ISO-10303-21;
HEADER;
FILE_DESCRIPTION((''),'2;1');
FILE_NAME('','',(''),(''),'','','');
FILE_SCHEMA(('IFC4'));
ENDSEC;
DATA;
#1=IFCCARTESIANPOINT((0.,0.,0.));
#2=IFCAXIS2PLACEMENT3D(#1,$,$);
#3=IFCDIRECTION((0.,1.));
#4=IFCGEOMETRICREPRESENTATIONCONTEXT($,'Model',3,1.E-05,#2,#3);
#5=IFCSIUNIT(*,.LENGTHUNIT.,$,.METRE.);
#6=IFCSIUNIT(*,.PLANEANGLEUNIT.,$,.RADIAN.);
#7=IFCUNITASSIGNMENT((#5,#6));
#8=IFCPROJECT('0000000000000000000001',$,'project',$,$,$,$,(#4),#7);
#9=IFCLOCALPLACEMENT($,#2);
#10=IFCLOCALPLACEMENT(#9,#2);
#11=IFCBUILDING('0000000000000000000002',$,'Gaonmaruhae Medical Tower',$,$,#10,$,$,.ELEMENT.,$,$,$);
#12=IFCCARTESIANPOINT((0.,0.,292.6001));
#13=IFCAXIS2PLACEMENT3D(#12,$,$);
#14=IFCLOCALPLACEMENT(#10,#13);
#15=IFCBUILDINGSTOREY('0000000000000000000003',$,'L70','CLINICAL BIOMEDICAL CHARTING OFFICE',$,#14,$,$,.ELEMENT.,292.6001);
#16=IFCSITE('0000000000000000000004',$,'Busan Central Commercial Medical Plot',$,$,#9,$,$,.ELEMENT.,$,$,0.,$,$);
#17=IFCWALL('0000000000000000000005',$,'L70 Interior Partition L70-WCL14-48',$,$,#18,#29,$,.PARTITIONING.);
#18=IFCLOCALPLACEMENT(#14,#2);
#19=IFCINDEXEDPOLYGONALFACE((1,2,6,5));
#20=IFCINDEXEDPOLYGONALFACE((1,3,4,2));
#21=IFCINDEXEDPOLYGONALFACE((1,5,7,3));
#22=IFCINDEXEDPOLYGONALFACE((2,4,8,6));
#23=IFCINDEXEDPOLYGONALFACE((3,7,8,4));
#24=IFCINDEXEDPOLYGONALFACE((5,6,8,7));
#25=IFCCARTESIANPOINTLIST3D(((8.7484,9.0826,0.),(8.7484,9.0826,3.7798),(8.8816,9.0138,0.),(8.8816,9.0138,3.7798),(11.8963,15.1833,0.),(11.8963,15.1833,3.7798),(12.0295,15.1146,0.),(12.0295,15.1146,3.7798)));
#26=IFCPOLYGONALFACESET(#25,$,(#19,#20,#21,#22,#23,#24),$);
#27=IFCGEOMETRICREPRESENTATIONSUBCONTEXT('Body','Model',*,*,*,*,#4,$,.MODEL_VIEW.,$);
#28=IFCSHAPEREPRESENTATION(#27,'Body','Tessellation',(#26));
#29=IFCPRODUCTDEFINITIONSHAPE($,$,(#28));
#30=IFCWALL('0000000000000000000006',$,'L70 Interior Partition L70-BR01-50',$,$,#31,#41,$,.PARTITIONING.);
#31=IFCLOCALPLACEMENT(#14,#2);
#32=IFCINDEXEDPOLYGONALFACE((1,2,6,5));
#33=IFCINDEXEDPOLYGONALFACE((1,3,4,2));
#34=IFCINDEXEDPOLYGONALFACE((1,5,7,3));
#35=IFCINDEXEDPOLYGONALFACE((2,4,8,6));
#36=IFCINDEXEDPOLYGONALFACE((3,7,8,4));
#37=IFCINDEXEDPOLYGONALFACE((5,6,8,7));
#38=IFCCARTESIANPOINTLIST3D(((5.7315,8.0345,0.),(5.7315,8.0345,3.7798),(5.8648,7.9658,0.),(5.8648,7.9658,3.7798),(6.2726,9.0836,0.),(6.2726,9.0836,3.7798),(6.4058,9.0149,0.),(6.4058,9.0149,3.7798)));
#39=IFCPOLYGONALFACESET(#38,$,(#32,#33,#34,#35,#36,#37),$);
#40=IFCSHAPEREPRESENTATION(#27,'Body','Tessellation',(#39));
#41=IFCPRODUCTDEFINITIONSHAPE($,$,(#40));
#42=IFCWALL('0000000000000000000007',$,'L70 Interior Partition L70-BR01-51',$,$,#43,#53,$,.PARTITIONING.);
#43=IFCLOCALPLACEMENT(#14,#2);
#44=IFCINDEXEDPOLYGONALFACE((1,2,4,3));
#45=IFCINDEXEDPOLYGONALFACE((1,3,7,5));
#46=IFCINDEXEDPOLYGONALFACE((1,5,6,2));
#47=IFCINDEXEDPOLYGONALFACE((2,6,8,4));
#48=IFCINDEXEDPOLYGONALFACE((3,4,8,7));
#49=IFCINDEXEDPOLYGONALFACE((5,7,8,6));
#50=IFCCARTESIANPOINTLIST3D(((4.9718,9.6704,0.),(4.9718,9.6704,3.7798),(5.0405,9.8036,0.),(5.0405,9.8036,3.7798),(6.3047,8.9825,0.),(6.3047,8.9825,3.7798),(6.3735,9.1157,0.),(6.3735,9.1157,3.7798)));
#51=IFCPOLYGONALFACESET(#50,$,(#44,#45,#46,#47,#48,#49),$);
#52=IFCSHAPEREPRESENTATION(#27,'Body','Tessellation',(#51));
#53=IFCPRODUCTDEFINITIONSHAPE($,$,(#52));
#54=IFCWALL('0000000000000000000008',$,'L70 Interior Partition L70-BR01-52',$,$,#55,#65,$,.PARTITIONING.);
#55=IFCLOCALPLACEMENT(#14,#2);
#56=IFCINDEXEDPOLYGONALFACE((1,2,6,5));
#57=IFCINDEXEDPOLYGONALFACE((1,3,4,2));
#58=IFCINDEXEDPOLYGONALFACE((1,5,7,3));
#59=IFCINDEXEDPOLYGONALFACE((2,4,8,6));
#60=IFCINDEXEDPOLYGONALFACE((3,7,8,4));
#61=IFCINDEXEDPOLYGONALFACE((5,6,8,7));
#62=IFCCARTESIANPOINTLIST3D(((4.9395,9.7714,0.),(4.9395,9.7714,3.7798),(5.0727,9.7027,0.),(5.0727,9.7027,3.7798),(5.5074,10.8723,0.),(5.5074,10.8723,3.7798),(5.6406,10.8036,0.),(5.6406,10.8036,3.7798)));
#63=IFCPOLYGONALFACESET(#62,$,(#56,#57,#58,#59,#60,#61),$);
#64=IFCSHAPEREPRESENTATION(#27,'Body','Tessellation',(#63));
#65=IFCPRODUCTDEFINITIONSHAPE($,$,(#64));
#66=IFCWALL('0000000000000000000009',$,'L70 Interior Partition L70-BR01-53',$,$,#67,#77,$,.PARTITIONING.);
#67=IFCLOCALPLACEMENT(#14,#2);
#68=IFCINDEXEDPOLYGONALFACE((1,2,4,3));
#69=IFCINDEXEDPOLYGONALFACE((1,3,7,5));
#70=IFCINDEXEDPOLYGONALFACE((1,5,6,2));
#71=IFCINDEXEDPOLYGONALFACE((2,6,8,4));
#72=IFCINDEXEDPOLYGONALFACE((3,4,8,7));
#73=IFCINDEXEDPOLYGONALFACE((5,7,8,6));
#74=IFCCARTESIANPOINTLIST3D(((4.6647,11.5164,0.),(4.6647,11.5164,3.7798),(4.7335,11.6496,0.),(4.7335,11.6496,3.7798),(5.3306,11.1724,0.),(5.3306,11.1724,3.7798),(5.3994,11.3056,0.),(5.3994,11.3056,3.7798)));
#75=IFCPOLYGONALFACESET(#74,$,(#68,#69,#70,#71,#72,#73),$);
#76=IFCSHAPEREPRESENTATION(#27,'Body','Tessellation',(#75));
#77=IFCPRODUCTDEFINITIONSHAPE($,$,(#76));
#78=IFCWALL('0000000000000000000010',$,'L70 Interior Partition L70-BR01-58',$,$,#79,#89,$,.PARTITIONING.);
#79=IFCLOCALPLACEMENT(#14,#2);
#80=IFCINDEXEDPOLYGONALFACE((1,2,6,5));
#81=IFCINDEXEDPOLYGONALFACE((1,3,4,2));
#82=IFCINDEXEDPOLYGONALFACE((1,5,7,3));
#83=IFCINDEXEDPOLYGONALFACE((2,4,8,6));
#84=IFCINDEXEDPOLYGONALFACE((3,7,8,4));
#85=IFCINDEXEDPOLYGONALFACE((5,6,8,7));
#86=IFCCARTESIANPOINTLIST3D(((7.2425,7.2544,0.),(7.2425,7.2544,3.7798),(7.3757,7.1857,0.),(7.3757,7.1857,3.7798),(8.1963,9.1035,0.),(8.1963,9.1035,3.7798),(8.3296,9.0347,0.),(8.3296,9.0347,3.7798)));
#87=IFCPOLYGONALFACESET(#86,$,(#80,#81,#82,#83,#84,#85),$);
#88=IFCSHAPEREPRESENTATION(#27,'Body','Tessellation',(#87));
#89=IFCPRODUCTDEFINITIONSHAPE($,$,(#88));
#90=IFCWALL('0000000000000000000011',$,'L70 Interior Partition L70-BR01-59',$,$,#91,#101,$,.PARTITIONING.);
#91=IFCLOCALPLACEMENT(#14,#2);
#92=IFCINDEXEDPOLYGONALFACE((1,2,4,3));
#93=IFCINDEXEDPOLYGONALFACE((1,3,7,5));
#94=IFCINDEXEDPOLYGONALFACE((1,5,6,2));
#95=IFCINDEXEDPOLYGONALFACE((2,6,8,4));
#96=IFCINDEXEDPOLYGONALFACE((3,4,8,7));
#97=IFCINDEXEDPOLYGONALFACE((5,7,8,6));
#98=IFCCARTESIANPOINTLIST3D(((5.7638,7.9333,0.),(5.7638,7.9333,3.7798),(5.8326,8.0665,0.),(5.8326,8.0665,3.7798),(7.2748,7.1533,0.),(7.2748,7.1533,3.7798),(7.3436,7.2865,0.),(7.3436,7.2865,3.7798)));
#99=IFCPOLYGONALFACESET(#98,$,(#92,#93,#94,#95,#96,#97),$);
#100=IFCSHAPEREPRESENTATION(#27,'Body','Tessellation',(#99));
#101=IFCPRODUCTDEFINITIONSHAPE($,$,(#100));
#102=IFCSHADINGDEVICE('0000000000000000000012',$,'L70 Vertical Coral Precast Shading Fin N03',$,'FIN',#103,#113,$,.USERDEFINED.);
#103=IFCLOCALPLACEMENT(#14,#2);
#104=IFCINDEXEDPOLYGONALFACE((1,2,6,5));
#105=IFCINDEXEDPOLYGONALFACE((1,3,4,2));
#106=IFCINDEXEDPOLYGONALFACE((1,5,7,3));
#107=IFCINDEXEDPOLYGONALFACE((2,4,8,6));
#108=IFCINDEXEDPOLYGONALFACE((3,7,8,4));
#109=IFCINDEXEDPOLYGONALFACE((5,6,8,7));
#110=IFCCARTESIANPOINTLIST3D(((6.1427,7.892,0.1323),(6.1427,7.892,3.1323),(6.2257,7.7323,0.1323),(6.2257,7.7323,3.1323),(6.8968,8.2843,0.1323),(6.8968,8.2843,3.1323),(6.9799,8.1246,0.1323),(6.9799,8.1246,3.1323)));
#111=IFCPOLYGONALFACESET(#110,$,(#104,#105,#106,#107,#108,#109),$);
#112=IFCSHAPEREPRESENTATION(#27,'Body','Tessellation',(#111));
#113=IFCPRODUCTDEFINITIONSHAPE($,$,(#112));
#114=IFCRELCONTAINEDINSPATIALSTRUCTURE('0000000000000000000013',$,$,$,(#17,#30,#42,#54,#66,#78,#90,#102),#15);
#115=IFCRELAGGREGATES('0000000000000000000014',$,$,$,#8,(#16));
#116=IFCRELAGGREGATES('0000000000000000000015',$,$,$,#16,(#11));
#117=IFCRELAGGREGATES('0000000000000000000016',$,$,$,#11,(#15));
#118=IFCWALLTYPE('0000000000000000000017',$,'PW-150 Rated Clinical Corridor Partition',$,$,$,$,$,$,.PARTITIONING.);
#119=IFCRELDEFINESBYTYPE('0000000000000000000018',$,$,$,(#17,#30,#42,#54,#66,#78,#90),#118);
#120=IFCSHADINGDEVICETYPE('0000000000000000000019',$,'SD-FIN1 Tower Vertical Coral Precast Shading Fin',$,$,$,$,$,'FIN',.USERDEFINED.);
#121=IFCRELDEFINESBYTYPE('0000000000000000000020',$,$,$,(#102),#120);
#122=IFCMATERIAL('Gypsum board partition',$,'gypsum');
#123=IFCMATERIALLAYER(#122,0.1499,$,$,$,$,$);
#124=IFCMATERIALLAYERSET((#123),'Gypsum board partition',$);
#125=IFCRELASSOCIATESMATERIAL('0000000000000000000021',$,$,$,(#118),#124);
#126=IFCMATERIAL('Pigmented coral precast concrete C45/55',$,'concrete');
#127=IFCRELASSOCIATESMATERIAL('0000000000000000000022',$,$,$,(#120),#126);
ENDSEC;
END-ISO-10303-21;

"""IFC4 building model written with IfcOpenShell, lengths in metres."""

from ifc_helpers import new_model, si_unit, direction, frame, frame_2d, origin, origin_2d, place, context, subcontext, project, spatial, rectangle, extrude, material, layer, layer_set, type_object, element, save


model = new_model("IFC4")

# Units and contexts
model_context = context("Model", 3, precision=1e-05, world=origin(), true_north=direction((0.0, 1.0)))
body_context = subcontext(model_context, "Body", "Model", "MODEL_VIEW")
ifc_project = project(units=[si_unit("LENGTHUNIT", "METRE"), si_unit("PLANEANGLEUNIT", "RADIAN")], contexts=[model_context])

# Site, building, storey
site_placement = place(None, origin())
site = spatial("IfcSite", under=ifc_project, at=site_placement, Name="Busan Central Commercial Medical Plot", CompositionType="ELEMENT", RefElevation=0.0)
building_placement = place(site_placement, origin())
building = spatial("IfcBuilding", under=site, at=building_placement, Name="Gaonmaruhae Medical Tower", CompositionType="ELEMENT")
storey_placement = place(building_placement, frame((0.0, 0.0, 292.6001)))
storey = spatial("IfcBuildingStorey", under=building, at=storey_placement, Name="L70", Description="CLINICAL BIOMEDICAL CHARTING OFFICE", CompositionType="ELEMENT", Elevation=292.6001)

# Walls
ifc_material_1 = material(Name="Gypsum board partition", Category="gypsum")
ifc_layer_1 = layer(ifc_material_1, 0.1499)
ifc_layer_set_1 = layer_set([ifc_layer_1], Name="Gypsum board partition")
wall_type_1 = type_object("IfcWallType", Name="PW-150 Rated Clinical Corridor Partition", PredefinedType="PARTITIONING", material=ifc_layer_set_1)
wall_1_placement = place(storey_placement, frame((8.8149, 9.0481, 0.0), z_axis=(0.0, 0.0, 1.0), x_axis=(0.458543, 0.888672, 0.0)))
element("IfcWall", 1, at=wall_1_placement, inside=storey, type_object=wall_type_1, Name="L70 Interior Partition L70-WCL14-48", PredefinedType="PARTITIONING", context=body_context, shape_type="SweptSolid", body=[
    extrude(rectangle(XDim=6.865, YDim=0.1499, at=frame_2d((3.4326, 0.0))), origin(), (0.0, 0.0, 1.0), 3.7798),
])
wall_2_placement = place(storey_placement, frame((5.7981, 8.0, 0.0), z_axis=(0.0, 0.0, 1.0), x_axis=(0.458348, 0.888773, 0.0)))
element("IfcWall", 2, at=wall_2_placement, inside=storey, type_object=wall_type_1, Name="L70 Interior Partition L70-BR01-50", PredefinedType="PARTITIONING", context=body_context, shape_type="SweptSolid", body=[
    extrude(rectangle(XDim=1.1804, YDim=0.1499, at=frame_2d((0.5903, 0.0))), origin(), (0.0, 0.0, 1.0), 3.7798),
])
wall_3_placement = place(storey_placement, frame((6.3391, 9.0491, 0.0), z_axis=(0.0, 0.0, 1.0), x_axis=(-0.888625, 0.458635, 0.0)))
element("IfcWall", 3, at=wall_3_placement, inside=storey, type_object=wall_type_1, Name="L70 Interior Partition L70-BR01-51", PredefinedType="PARTITIONING", context=body_context, shape_type="SweptSolid", body=[
    extrude(rectangle(XDim=1.5, YDim=0.1499, at=frame_2d((0.75, 0.0))), origin(), (0.0, 0.0, 1.0), 3.7798),
])
wall_4_placement = place(storey_placement, frame((5.0061, 9.7371, 0.0), z_axis=(0.0, 0.0, 1.0), x_axis=(0.458452, 0.888719, 0.0)))
element("IfcWall", 4, at=wall_4_placement, inside=storey, type_object=wall_type_1, Name="L70 Interior Partition L70-BR01-52", PredefinedType="PARTITIONING", context=body_context, shape_type="SweptSolid", body=[
    extrude(rectangle(XDim=1.2388, YDim=0.1499, at=frame_2d((0.6194, 0.0))), origin(), (0.0, 0.0, 1.0), 3.7798),
])
wall_5_placement = place(storey_placement, frame((5.365, 11.239, 0.0), z_axis=(0.0, 0.0, 1.0), x_axis=(-0.888488, 0.4589, 0.0)))
element("IfcWall", 5, at=wall_5_placement, inside=storey, type_object=wall_type_1, Name="L70 Interior Partition L70-BR01-53", PredefinedType="PARTITIONING", context=body_context, shape_type="SweptSolid", body=[
    extrude(rectangle(XDim=0.7495, YDim=0.1499, at=frame_2d((0.3748, 0.0))), origin(), (0.0, 0.0, 1.0), 3.7798),
])
wall_6_placement = place(storey_placement, frame((8.2629, 9.0691, 0.0), z_axis=(0.0, 0.0, 1.0), x_axis=(-0.458443, -0.888724, 0.0)))
element("IfcWall", 6, at=wall_6_placement, inside=storey, type_object=wall_type_1, Name="L70 Interior Partition L70-BR01-58", PredefinedType="PARTITIONING", context=body_context, shape_type="SweptSolid", body=[
    extrude(rectangle(XDim=2.0806, YDim=0.1499, at=frame_2d((1.0403, 0.0))), origin(), (0.0, 0.0, 1.0), 3.7798),
])
wall_7_placement = place(storey_placement, frame((7.3091, 7.22, 0.0), z_axis=(0.0, 0.0, 1.0), x_axis=(-0.888581, 0.45872, 0.0)))
element("IfcWall", 7, at=wall_7_placement, inside=storey, type_object=wall_type_1, Name="L70 Interior Partition L70-BR01-59", PredefinedType="PARTITIONING", context=body_context, shape_type="SweptSolid", body=[
    extrude(rectangle(XDim=1.7004, YDim=0.1499, at=frame_2d((0.8501, 0.0))), origin(), (0.0, 0.0, 1.0), 3.7798),
])

# Shading device
ifc_material_2 = material(Name="Pigmented coral precast concrete C45/55", Category="concrete")
shading_device_type = type_object("IfcShadingDeviceType", Name="SD-FIN1 Tower Vertical Coral Precast Shading Fin", ElementType="FIN", PredefinedType="USERDEFINED", material=ifc_material_2)
shading_device_placement = place(storey_placement, frame((6.5613, 8.0083, 0.1323), z_axis=(0.0, 0.0, 1.0), x_axis=(-0.46147, 0.887156, 0.0)))
element("IfcShadingDevice", 8, at=shading_device_placement, inside=storey, type_object=shading_device_type, Name="L70 Vertical Coral Precast Shading Fin N03", ObjectType="FIN", PredefinedType="USERDEFINED", context=body_context, shape_type="SweptSolid", body=[
    extrude(rectangle(XDim=0.1799, YDim=0.8501, at=origin_2d()), origin(), (0.0, 0.0, 1.0), 3.0),
])

save(model, "model.ifc")
